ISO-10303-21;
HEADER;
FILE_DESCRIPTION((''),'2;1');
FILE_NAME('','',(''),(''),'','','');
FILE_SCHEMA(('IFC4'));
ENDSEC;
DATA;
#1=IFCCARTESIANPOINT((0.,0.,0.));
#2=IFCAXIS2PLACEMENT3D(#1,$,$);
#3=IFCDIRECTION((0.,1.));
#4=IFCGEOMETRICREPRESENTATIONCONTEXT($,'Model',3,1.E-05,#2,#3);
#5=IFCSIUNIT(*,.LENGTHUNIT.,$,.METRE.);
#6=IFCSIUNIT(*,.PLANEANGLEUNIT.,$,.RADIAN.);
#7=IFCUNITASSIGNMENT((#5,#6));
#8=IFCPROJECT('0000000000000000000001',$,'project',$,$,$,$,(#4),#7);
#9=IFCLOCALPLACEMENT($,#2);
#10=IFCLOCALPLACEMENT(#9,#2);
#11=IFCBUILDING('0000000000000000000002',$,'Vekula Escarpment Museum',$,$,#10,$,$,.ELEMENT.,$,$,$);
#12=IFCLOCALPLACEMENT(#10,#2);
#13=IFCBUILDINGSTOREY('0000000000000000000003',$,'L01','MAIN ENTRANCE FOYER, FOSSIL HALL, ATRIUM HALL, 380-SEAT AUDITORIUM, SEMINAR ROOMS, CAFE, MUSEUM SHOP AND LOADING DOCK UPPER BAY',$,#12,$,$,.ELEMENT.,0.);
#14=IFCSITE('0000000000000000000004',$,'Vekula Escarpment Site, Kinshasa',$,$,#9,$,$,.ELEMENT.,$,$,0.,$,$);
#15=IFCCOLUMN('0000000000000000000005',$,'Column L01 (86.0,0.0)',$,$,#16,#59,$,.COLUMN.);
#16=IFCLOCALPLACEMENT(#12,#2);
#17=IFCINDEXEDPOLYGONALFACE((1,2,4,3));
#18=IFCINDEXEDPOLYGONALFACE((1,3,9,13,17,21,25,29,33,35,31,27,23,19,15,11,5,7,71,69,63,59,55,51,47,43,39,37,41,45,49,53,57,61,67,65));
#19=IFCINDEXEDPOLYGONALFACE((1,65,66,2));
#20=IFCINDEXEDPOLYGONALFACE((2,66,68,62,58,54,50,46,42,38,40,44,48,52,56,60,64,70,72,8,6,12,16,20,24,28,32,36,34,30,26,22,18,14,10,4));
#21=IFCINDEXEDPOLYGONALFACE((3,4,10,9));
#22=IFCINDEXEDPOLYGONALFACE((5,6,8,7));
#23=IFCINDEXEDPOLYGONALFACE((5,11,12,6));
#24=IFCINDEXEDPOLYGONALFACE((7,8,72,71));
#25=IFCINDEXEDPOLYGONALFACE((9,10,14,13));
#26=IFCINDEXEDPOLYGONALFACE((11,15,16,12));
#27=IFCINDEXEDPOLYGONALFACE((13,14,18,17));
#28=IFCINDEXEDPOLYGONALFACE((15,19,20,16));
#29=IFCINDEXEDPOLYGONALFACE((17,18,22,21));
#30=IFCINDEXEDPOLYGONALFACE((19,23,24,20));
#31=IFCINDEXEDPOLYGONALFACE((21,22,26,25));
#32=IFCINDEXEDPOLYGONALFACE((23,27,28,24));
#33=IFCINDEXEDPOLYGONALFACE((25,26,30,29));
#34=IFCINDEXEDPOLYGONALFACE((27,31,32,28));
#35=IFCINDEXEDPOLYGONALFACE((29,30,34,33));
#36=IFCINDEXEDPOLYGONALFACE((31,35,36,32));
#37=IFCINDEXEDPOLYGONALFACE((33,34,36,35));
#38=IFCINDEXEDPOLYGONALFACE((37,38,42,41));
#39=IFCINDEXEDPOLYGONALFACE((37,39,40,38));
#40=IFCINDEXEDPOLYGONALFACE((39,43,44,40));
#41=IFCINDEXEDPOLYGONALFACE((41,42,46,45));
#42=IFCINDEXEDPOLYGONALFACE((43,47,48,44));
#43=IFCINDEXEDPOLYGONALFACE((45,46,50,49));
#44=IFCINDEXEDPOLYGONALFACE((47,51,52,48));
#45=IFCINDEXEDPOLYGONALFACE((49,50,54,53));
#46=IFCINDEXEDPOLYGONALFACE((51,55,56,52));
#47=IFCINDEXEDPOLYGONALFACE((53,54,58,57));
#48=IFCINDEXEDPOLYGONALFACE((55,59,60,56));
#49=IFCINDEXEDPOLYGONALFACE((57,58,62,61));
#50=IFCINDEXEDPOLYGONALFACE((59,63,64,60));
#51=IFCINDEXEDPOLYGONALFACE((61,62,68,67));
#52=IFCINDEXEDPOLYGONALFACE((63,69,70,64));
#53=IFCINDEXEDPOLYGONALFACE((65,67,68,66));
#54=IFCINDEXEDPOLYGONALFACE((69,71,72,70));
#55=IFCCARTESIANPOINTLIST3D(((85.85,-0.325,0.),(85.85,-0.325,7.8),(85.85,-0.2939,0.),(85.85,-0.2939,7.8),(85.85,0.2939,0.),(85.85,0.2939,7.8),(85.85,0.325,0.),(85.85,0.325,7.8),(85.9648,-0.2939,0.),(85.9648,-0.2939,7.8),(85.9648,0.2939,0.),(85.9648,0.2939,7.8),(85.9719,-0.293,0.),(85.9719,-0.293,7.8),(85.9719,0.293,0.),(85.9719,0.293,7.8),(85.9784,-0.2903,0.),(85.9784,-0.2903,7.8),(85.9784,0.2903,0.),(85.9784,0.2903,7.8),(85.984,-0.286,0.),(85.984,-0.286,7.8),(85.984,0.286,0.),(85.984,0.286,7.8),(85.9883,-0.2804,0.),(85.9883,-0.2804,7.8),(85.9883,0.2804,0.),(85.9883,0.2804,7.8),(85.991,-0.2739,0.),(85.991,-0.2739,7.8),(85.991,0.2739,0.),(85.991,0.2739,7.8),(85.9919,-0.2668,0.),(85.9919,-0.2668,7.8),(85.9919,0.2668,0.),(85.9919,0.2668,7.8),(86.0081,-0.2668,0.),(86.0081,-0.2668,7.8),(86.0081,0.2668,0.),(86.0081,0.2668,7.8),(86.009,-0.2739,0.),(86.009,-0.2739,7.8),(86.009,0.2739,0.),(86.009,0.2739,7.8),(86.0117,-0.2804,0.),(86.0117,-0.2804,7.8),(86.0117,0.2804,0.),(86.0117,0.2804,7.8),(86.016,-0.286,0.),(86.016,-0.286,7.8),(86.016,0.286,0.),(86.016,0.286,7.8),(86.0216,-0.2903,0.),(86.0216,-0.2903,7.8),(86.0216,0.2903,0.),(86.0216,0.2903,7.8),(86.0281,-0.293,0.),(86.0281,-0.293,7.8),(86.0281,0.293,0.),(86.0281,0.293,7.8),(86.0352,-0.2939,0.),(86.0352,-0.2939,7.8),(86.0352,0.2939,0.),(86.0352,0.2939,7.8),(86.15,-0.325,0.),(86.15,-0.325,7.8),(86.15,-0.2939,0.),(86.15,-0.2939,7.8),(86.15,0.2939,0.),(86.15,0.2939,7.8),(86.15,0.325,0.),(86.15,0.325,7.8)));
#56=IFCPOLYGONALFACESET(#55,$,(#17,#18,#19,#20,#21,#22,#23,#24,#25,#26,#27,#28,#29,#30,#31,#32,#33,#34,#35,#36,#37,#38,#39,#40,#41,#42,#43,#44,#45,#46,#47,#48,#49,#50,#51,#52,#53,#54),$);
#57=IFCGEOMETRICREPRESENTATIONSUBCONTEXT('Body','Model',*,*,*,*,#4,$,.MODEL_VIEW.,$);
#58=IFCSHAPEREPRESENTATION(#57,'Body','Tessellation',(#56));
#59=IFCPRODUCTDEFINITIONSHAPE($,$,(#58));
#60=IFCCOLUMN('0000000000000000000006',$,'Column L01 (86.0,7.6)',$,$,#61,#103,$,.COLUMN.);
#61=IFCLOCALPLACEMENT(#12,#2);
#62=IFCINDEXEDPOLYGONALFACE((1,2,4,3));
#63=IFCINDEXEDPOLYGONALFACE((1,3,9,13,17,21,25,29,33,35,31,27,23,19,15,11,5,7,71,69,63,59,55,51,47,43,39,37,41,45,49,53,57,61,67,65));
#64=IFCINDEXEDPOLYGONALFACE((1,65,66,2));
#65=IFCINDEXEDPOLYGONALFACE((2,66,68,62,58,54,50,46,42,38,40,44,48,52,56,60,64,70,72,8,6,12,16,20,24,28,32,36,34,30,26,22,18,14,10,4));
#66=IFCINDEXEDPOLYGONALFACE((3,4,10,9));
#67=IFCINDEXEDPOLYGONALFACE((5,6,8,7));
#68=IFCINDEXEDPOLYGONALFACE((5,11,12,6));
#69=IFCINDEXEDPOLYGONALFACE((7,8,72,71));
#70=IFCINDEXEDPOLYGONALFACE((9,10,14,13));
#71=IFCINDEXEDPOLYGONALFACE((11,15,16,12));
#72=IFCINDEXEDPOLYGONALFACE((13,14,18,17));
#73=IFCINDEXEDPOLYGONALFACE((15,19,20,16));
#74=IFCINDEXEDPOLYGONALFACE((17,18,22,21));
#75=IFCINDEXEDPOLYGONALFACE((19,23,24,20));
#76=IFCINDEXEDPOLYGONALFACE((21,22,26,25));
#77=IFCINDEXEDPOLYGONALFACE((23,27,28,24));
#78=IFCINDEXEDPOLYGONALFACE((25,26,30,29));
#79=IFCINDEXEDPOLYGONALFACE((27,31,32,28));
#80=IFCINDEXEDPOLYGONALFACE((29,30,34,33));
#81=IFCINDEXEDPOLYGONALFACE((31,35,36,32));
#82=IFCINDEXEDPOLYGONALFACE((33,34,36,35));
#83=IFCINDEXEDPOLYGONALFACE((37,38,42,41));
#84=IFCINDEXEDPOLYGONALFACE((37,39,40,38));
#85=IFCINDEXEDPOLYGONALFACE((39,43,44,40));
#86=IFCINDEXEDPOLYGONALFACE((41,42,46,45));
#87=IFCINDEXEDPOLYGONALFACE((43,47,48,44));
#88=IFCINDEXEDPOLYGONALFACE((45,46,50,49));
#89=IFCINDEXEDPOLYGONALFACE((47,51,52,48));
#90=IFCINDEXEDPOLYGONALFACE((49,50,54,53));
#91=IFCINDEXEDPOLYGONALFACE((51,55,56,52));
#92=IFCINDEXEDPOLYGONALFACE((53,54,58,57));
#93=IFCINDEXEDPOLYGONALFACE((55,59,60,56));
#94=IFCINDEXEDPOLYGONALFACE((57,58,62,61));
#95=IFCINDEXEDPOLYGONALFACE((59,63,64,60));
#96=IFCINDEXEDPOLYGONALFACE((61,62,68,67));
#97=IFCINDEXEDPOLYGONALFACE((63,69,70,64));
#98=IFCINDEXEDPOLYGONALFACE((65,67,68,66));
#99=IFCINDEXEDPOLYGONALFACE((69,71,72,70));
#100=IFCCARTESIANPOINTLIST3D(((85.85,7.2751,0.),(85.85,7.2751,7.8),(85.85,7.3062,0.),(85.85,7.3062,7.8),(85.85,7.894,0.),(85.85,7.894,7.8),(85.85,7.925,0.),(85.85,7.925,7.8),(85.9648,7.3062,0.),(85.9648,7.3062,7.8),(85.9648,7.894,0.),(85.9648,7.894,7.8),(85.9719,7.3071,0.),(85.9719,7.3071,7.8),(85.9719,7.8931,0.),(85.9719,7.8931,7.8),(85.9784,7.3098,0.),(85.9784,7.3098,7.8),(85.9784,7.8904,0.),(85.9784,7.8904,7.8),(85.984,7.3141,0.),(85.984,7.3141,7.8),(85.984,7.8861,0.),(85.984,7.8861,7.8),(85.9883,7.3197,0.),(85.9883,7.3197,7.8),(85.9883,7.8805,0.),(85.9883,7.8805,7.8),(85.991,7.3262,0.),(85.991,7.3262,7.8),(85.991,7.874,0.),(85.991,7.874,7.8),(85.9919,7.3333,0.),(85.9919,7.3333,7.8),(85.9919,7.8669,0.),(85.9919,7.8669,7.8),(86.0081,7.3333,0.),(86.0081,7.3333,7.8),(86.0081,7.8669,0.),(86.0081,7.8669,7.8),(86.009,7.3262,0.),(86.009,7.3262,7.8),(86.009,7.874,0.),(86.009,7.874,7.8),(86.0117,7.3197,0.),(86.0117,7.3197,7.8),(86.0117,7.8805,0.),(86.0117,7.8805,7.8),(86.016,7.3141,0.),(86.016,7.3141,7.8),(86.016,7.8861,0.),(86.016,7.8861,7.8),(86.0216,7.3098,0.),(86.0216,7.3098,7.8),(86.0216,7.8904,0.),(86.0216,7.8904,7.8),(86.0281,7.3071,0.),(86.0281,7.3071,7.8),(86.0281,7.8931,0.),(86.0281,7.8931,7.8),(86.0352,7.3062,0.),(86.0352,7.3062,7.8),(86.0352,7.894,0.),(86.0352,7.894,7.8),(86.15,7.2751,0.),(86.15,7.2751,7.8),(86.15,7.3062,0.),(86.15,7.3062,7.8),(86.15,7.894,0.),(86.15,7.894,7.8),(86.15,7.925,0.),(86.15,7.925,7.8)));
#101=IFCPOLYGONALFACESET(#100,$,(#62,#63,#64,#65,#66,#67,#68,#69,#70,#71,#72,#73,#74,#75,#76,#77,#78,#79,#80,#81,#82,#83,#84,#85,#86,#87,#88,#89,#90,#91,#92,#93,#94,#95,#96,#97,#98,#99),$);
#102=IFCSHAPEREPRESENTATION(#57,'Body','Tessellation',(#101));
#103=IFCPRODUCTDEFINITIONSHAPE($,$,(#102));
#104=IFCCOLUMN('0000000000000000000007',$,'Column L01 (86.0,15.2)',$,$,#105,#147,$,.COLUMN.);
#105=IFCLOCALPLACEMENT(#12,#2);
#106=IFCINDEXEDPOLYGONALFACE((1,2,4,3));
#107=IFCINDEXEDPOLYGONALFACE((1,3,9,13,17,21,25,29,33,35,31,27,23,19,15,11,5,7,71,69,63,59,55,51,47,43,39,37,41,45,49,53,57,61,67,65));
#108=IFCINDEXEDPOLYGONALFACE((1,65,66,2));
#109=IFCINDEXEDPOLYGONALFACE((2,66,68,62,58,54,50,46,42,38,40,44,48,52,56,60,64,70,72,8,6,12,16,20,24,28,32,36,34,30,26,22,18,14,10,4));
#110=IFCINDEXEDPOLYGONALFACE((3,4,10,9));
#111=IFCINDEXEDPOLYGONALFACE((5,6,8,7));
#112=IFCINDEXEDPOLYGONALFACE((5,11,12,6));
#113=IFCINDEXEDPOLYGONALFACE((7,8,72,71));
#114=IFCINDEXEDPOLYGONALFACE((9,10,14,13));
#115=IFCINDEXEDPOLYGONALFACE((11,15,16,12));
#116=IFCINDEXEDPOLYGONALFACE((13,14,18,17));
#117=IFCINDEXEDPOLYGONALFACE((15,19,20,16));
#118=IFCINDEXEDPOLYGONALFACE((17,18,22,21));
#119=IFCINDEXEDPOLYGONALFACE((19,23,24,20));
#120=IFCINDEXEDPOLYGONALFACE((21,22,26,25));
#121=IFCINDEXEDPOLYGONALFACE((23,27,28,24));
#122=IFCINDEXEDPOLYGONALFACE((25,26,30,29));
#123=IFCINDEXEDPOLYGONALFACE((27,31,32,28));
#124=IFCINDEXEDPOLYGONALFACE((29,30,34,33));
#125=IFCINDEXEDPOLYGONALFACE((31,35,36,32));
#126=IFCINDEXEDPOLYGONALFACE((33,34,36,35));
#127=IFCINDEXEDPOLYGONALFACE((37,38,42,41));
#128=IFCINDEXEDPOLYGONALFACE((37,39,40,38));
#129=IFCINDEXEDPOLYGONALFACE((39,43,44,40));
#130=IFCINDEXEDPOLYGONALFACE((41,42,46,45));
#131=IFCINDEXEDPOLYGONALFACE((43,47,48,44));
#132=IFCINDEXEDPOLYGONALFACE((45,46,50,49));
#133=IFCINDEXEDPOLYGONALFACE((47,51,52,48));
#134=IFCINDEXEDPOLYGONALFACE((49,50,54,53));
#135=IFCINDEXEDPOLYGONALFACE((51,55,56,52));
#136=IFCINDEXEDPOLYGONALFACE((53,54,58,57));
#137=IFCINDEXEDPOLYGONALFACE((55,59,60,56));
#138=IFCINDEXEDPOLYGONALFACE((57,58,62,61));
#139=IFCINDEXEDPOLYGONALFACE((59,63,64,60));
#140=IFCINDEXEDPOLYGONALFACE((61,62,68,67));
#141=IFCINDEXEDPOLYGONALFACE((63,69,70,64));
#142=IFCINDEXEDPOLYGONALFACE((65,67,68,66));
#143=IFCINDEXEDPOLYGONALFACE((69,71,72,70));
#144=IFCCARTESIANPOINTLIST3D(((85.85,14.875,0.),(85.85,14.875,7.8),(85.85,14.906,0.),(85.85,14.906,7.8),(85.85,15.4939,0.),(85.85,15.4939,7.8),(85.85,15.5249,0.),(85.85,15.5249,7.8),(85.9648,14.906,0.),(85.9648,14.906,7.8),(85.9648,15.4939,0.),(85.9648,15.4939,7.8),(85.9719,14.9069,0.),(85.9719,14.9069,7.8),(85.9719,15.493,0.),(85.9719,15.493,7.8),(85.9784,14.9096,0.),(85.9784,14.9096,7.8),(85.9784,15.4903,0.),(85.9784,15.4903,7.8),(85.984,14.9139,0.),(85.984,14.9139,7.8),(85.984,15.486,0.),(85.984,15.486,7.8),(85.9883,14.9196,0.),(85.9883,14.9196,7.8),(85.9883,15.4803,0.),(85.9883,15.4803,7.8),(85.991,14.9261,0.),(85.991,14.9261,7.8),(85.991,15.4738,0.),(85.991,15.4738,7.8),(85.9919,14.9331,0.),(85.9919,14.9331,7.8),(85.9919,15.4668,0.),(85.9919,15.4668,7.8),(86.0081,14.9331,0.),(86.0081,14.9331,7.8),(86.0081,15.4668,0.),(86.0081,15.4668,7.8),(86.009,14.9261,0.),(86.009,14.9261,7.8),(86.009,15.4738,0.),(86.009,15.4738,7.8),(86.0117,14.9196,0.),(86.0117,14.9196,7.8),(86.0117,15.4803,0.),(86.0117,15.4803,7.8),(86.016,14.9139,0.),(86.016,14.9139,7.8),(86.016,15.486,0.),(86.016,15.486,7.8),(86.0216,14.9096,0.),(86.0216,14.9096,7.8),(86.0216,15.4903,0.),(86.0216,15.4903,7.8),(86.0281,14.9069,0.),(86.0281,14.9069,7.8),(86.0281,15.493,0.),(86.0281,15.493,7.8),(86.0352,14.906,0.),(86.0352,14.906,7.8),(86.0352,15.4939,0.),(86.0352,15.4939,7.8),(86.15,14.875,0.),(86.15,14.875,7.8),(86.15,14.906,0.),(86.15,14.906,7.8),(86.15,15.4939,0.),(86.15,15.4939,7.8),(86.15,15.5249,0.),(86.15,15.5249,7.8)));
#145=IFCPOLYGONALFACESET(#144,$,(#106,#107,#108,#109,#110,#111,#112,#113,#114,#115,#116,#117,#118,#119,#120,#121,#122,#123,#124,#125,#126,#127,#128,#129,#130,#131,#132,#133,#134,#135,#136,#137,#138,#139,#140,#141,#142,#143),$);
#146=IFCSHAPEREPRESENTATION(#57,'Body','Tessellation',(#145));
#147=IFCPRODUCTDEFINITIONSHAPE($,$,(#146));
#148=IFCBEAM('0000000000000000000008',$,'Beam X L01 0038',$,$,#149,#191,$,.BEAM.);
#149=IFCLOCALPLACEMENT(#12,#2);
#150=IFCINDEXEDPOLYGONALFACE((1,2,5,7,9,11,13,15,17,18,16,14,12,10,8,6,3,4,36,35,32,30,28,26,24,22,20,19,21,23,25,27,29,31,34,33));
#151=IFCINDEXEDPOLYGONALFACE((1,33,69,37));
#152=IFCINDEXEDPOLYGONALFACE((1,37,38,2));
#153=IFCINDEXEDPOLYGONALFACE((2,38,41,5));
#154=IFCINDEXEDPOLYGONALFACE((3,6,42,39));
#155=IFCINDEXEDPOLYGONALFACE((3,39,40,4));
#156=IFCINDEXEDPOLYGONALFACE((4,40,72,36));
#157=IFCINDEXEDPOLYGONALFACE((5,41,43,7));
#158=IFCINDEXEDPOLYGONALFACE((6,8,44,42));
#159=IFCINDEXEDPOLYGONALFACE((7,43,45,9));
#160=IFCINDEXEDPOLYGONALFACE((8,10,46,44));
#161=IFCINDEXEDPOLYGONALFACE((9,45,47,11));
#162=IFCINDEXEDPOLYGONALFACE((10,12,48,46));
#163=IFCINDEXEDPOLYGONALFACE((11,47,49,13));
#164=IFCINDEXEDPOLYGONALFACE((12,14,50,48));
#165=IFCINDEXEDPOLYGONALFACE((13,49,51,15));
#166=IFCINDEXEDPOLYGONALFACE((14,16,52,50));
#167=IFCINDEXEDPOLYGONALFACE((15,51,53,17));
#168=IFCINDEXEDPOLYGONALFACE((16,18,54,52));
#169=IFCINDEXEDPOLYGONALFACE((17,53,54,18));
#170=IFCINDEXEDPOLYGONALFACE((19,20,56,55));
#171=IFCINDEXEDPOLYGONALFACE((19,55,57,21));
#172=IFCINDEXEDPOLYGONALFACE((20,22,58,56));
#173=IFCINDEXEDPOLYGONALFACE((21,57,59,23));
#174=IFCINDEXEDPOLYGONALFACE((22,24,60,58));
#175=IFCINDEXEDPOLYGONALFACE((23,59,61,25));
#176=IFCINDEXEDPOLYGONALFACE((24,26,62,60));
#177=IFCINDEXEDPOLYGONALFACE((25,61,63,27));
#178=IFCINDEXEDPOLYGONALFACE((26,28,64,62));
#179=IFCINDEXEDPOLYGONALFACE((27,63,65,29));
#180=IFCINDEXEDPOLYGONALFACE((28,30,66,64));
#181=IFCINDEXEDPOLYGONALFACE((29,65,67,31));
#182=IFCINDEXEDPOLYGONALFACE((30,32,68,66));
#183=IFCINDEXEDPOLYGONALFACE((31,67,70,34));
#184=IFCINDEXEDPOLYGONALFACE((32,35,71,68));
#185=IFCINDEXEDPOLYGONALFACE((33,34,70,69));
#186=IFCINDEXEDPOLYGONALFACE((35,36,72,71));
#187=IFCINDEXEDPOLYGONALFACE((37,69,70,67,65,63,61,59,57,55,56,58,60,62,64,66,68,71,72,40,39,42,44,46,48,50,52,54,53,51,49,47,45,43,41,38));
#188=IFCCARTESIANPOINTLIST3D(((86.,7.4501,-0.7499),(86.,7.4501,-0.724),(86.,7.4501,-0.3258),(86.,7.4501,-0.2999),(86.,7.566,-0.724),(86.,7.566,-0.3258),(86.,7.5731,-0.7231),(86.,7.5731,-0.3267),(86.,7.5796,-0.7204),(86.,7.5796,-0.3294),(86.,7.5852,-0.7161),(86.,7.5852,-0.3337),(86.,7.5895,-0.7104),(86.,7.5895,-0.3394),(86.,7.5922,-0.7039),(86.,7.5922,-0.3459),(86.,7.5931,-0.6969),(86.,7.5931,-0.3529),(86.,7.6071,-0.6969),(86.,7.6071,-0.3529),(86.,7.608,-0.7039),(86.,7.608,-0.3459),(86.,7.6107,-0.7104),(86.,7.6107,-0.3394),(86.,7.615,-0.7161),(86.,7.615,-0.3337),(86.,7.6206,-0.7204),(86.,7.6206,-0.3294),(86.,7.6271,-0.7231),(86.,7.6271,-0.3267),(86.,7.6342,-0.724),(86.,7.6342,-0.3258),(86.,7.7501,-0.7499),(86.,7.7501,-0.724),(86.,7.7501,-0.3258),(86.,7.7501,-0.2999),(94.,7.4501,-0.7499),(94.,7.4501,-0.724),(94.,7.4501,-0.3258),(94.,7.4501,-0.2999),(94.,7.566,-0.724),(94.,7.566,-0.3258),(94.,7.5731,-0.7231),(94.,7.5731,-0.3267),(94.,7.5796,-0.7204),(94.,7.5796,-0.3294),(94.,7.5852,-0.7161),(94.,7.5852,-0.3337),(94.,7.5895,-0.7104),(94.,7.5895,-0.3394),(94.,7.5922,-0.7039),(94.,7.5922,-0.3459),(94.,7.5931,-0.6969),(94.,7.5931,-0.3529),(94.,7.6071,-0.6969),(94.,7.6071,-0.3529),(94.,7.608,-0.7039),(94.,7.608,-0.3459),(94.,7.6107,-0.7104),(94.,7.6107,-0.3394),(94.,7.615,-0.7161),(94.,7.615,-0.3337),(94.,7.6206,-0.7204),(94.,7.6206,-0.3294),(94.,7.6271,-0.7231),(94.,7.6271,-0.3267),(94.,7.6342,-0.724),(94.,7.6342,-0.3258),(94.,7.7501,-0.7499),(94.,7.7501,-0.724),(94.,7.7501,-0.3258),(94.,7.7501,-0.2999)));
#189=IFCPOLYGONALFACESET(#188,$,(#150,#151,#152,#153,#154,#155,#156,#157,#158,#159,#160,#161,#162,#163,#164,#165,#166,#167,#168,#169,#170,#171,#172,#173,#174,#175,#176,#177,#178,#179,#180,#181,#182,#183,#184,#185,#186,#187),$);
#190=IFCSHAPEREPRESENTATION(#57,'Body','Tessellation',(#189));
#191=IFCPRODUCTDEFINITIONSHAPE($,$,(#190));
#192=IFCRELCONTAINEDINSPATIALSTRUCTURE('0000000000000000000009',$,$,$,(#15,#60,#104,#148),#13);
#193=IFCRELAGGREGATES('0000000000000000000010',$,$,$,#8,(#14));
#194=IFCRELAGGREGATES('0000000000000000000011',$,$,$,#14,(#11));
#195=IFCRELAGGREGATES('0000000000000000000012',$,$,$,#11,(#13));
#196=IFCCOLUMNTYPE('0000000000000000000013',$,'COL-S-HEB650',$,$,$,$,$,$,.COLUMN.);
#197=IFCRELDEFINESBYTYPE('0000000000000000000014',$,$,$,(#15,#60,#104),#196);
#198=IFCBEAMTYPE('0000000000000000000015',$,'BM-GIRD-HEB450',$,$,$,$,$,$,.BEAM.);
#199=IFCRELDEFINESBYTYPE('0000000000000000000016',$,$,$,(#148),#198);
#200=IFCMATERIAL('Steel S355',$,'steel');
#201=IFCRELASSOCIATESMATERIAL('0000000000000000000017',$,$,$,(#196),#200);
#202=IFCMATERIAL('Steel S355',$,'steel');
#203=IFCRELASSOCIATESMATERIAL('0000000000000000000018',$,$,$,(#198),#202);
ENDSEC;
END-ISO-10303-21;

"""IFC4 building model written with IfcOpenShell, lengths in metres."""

from ifc_helpers import new_model, si_unit, direction, frame, origin, origin_2d, place, context, subcontext, project, spatial, i_section, extrude, material, material_profile, profile_set, type_object, element, save


model = new_model("IFC4")

# Units and contexts
model_context = context("Model", 3, precision=1e-05, world=origin(), true_north=direction((0.0, 1.0)))
body_context = subcontext(model_context, "Body", "Model", "MODEL_VIEW")
ifc_project = project(units=[si_unit("LENGTHUNIT", "METRE"), si_unit("PLANEANGLEUNIT", "RADIAN")], contexts=[model_context])

# Site, building, storey
site_placement = place(None, origin())
site = spatial("IfcSite", under=ifc_project, at=site_placement, Name="Vekula Escarpment Site, Kinshasa", CompositionType="ELEMENT", RefElevation=0.0)
building_placement = place(site_placement, origin())
building = spatial("IfcBuilding", under=site, at=building_placement, Name="Vekula Escarpment Museum", CompositionType="ELEMENT")
storey_placement = place(building_placement, origin())
storey = spatial("IfcBuildingStorey", under=building, at=storey_placement, Name="L01", Description="MAIN ENTRANCE FOYER, FOSSIL HALL, ATRIUM HALL, 380-SEAT AUDITORIUM, SEMINAR ROOMS, CAFE, MUSEUM SHOP AND LOADING DOCK UPPER BAY", CompositionType="ELEMENT", Elevation=0.0)

# Columns
ifc_material_1 = material(Name="Steel S355", Category="steel")
ifc_material_profile_1 = material_profile(ifc_material_1, i_section(OverallWidth=0.3, OverallDepth=0.6499, WebThickness=0.0161, FlangeThickness=0.031, FilletRadius=0.0271, at=origin_2d()), Name="HEB 650")
ifc_profile_set_1 = profile_set([ifc_material_profile_1], Name="Steel S355")
column_type = type_object("IfcColumnType", Name="COL-S-HEB650", PredefinedType="COLUMN", material=ifc_profile_set_1)
for number, where, z_axis, x_axis, name in (
    (1, (86.0, 0.0, 0.0), (0.0, 0.0, 1.0), (1.0, 0.0, 0.0), "Column L01 (86.0,0.0)"),
    (2, (86.0, 7.6001, 0.0), (0.0, 0.0, 1.0), (1.0, 0.0, 0.0), "Column L01 (86.0,7.6)"),
    (3, (86.0, 15.2, 0.0), (0.0, 0.0, 1.0), (1.0, 0.0, 0.0), "Column L01 (86.0,15.2)"),
):
    element("IfcColumn", number, at=place(storey_placement, frame(where, z_axis=z_axis, x_axis=x_axis)), inside=storey, type_object=column_type, Name=name, PredefinedType="COLUMN", context=body_context, shape_type="SweptSolid", body=[
        extrude(i_section(OverallWidth=0.3, OverallDepth=0.6499, WebThickness=0.0161, FlangeThickness=0.031, FilletRadius=0.0271, at=origin_2d()), origin(), (0.0, 0.0, 1.0), 7.8),
    ])

# Beam
ifc_material_2 = material(Name="Steel S355", Category="steel")
ifc_material_profile_2 = material_profile(ifc_material_2, i_section(OverallWidth=0.3, OverallDepth=0.45, WebThickness=0.0139, FlangeThickness=0.0259, FilletRadius=0.0271, at=origin_2d()), Name="HEB 450")
ifc_profile_set_2 = profile_set([ifc_material_profile_2], Name="Steel S355")
beam_type_1 = type_object("IfcBeamType", Name="BM-GIRD-HEB450", PredefinedType="BEAM", material=ifc_profile_set_2)
beam_1_placement = place(storey_placement, frame((86.0, 7.6001, -0.5249), z_axis=(1.0, 0.0, 0.0), x_axis=(0.0, 1.0, 0.0)))
element("IfcBeam", 4, at=beam_1_placement, inside=storey, type_object=beam_type_1, Name="Beam X L01 0038", PredefinedType="BEAM", context=body_context, shape_type="SweptSolid", body=[
    extrude(i_section(OverallWidth=0.3, OverallDepth=0.45, WebThickness=0.0139, FlangeThickness=0.0259, FilletRadius=0.0271, at=origin_2d()), origin(), (0.0, 0.0, 1.0), 8.0),
])

save(model, "model.ifc")
